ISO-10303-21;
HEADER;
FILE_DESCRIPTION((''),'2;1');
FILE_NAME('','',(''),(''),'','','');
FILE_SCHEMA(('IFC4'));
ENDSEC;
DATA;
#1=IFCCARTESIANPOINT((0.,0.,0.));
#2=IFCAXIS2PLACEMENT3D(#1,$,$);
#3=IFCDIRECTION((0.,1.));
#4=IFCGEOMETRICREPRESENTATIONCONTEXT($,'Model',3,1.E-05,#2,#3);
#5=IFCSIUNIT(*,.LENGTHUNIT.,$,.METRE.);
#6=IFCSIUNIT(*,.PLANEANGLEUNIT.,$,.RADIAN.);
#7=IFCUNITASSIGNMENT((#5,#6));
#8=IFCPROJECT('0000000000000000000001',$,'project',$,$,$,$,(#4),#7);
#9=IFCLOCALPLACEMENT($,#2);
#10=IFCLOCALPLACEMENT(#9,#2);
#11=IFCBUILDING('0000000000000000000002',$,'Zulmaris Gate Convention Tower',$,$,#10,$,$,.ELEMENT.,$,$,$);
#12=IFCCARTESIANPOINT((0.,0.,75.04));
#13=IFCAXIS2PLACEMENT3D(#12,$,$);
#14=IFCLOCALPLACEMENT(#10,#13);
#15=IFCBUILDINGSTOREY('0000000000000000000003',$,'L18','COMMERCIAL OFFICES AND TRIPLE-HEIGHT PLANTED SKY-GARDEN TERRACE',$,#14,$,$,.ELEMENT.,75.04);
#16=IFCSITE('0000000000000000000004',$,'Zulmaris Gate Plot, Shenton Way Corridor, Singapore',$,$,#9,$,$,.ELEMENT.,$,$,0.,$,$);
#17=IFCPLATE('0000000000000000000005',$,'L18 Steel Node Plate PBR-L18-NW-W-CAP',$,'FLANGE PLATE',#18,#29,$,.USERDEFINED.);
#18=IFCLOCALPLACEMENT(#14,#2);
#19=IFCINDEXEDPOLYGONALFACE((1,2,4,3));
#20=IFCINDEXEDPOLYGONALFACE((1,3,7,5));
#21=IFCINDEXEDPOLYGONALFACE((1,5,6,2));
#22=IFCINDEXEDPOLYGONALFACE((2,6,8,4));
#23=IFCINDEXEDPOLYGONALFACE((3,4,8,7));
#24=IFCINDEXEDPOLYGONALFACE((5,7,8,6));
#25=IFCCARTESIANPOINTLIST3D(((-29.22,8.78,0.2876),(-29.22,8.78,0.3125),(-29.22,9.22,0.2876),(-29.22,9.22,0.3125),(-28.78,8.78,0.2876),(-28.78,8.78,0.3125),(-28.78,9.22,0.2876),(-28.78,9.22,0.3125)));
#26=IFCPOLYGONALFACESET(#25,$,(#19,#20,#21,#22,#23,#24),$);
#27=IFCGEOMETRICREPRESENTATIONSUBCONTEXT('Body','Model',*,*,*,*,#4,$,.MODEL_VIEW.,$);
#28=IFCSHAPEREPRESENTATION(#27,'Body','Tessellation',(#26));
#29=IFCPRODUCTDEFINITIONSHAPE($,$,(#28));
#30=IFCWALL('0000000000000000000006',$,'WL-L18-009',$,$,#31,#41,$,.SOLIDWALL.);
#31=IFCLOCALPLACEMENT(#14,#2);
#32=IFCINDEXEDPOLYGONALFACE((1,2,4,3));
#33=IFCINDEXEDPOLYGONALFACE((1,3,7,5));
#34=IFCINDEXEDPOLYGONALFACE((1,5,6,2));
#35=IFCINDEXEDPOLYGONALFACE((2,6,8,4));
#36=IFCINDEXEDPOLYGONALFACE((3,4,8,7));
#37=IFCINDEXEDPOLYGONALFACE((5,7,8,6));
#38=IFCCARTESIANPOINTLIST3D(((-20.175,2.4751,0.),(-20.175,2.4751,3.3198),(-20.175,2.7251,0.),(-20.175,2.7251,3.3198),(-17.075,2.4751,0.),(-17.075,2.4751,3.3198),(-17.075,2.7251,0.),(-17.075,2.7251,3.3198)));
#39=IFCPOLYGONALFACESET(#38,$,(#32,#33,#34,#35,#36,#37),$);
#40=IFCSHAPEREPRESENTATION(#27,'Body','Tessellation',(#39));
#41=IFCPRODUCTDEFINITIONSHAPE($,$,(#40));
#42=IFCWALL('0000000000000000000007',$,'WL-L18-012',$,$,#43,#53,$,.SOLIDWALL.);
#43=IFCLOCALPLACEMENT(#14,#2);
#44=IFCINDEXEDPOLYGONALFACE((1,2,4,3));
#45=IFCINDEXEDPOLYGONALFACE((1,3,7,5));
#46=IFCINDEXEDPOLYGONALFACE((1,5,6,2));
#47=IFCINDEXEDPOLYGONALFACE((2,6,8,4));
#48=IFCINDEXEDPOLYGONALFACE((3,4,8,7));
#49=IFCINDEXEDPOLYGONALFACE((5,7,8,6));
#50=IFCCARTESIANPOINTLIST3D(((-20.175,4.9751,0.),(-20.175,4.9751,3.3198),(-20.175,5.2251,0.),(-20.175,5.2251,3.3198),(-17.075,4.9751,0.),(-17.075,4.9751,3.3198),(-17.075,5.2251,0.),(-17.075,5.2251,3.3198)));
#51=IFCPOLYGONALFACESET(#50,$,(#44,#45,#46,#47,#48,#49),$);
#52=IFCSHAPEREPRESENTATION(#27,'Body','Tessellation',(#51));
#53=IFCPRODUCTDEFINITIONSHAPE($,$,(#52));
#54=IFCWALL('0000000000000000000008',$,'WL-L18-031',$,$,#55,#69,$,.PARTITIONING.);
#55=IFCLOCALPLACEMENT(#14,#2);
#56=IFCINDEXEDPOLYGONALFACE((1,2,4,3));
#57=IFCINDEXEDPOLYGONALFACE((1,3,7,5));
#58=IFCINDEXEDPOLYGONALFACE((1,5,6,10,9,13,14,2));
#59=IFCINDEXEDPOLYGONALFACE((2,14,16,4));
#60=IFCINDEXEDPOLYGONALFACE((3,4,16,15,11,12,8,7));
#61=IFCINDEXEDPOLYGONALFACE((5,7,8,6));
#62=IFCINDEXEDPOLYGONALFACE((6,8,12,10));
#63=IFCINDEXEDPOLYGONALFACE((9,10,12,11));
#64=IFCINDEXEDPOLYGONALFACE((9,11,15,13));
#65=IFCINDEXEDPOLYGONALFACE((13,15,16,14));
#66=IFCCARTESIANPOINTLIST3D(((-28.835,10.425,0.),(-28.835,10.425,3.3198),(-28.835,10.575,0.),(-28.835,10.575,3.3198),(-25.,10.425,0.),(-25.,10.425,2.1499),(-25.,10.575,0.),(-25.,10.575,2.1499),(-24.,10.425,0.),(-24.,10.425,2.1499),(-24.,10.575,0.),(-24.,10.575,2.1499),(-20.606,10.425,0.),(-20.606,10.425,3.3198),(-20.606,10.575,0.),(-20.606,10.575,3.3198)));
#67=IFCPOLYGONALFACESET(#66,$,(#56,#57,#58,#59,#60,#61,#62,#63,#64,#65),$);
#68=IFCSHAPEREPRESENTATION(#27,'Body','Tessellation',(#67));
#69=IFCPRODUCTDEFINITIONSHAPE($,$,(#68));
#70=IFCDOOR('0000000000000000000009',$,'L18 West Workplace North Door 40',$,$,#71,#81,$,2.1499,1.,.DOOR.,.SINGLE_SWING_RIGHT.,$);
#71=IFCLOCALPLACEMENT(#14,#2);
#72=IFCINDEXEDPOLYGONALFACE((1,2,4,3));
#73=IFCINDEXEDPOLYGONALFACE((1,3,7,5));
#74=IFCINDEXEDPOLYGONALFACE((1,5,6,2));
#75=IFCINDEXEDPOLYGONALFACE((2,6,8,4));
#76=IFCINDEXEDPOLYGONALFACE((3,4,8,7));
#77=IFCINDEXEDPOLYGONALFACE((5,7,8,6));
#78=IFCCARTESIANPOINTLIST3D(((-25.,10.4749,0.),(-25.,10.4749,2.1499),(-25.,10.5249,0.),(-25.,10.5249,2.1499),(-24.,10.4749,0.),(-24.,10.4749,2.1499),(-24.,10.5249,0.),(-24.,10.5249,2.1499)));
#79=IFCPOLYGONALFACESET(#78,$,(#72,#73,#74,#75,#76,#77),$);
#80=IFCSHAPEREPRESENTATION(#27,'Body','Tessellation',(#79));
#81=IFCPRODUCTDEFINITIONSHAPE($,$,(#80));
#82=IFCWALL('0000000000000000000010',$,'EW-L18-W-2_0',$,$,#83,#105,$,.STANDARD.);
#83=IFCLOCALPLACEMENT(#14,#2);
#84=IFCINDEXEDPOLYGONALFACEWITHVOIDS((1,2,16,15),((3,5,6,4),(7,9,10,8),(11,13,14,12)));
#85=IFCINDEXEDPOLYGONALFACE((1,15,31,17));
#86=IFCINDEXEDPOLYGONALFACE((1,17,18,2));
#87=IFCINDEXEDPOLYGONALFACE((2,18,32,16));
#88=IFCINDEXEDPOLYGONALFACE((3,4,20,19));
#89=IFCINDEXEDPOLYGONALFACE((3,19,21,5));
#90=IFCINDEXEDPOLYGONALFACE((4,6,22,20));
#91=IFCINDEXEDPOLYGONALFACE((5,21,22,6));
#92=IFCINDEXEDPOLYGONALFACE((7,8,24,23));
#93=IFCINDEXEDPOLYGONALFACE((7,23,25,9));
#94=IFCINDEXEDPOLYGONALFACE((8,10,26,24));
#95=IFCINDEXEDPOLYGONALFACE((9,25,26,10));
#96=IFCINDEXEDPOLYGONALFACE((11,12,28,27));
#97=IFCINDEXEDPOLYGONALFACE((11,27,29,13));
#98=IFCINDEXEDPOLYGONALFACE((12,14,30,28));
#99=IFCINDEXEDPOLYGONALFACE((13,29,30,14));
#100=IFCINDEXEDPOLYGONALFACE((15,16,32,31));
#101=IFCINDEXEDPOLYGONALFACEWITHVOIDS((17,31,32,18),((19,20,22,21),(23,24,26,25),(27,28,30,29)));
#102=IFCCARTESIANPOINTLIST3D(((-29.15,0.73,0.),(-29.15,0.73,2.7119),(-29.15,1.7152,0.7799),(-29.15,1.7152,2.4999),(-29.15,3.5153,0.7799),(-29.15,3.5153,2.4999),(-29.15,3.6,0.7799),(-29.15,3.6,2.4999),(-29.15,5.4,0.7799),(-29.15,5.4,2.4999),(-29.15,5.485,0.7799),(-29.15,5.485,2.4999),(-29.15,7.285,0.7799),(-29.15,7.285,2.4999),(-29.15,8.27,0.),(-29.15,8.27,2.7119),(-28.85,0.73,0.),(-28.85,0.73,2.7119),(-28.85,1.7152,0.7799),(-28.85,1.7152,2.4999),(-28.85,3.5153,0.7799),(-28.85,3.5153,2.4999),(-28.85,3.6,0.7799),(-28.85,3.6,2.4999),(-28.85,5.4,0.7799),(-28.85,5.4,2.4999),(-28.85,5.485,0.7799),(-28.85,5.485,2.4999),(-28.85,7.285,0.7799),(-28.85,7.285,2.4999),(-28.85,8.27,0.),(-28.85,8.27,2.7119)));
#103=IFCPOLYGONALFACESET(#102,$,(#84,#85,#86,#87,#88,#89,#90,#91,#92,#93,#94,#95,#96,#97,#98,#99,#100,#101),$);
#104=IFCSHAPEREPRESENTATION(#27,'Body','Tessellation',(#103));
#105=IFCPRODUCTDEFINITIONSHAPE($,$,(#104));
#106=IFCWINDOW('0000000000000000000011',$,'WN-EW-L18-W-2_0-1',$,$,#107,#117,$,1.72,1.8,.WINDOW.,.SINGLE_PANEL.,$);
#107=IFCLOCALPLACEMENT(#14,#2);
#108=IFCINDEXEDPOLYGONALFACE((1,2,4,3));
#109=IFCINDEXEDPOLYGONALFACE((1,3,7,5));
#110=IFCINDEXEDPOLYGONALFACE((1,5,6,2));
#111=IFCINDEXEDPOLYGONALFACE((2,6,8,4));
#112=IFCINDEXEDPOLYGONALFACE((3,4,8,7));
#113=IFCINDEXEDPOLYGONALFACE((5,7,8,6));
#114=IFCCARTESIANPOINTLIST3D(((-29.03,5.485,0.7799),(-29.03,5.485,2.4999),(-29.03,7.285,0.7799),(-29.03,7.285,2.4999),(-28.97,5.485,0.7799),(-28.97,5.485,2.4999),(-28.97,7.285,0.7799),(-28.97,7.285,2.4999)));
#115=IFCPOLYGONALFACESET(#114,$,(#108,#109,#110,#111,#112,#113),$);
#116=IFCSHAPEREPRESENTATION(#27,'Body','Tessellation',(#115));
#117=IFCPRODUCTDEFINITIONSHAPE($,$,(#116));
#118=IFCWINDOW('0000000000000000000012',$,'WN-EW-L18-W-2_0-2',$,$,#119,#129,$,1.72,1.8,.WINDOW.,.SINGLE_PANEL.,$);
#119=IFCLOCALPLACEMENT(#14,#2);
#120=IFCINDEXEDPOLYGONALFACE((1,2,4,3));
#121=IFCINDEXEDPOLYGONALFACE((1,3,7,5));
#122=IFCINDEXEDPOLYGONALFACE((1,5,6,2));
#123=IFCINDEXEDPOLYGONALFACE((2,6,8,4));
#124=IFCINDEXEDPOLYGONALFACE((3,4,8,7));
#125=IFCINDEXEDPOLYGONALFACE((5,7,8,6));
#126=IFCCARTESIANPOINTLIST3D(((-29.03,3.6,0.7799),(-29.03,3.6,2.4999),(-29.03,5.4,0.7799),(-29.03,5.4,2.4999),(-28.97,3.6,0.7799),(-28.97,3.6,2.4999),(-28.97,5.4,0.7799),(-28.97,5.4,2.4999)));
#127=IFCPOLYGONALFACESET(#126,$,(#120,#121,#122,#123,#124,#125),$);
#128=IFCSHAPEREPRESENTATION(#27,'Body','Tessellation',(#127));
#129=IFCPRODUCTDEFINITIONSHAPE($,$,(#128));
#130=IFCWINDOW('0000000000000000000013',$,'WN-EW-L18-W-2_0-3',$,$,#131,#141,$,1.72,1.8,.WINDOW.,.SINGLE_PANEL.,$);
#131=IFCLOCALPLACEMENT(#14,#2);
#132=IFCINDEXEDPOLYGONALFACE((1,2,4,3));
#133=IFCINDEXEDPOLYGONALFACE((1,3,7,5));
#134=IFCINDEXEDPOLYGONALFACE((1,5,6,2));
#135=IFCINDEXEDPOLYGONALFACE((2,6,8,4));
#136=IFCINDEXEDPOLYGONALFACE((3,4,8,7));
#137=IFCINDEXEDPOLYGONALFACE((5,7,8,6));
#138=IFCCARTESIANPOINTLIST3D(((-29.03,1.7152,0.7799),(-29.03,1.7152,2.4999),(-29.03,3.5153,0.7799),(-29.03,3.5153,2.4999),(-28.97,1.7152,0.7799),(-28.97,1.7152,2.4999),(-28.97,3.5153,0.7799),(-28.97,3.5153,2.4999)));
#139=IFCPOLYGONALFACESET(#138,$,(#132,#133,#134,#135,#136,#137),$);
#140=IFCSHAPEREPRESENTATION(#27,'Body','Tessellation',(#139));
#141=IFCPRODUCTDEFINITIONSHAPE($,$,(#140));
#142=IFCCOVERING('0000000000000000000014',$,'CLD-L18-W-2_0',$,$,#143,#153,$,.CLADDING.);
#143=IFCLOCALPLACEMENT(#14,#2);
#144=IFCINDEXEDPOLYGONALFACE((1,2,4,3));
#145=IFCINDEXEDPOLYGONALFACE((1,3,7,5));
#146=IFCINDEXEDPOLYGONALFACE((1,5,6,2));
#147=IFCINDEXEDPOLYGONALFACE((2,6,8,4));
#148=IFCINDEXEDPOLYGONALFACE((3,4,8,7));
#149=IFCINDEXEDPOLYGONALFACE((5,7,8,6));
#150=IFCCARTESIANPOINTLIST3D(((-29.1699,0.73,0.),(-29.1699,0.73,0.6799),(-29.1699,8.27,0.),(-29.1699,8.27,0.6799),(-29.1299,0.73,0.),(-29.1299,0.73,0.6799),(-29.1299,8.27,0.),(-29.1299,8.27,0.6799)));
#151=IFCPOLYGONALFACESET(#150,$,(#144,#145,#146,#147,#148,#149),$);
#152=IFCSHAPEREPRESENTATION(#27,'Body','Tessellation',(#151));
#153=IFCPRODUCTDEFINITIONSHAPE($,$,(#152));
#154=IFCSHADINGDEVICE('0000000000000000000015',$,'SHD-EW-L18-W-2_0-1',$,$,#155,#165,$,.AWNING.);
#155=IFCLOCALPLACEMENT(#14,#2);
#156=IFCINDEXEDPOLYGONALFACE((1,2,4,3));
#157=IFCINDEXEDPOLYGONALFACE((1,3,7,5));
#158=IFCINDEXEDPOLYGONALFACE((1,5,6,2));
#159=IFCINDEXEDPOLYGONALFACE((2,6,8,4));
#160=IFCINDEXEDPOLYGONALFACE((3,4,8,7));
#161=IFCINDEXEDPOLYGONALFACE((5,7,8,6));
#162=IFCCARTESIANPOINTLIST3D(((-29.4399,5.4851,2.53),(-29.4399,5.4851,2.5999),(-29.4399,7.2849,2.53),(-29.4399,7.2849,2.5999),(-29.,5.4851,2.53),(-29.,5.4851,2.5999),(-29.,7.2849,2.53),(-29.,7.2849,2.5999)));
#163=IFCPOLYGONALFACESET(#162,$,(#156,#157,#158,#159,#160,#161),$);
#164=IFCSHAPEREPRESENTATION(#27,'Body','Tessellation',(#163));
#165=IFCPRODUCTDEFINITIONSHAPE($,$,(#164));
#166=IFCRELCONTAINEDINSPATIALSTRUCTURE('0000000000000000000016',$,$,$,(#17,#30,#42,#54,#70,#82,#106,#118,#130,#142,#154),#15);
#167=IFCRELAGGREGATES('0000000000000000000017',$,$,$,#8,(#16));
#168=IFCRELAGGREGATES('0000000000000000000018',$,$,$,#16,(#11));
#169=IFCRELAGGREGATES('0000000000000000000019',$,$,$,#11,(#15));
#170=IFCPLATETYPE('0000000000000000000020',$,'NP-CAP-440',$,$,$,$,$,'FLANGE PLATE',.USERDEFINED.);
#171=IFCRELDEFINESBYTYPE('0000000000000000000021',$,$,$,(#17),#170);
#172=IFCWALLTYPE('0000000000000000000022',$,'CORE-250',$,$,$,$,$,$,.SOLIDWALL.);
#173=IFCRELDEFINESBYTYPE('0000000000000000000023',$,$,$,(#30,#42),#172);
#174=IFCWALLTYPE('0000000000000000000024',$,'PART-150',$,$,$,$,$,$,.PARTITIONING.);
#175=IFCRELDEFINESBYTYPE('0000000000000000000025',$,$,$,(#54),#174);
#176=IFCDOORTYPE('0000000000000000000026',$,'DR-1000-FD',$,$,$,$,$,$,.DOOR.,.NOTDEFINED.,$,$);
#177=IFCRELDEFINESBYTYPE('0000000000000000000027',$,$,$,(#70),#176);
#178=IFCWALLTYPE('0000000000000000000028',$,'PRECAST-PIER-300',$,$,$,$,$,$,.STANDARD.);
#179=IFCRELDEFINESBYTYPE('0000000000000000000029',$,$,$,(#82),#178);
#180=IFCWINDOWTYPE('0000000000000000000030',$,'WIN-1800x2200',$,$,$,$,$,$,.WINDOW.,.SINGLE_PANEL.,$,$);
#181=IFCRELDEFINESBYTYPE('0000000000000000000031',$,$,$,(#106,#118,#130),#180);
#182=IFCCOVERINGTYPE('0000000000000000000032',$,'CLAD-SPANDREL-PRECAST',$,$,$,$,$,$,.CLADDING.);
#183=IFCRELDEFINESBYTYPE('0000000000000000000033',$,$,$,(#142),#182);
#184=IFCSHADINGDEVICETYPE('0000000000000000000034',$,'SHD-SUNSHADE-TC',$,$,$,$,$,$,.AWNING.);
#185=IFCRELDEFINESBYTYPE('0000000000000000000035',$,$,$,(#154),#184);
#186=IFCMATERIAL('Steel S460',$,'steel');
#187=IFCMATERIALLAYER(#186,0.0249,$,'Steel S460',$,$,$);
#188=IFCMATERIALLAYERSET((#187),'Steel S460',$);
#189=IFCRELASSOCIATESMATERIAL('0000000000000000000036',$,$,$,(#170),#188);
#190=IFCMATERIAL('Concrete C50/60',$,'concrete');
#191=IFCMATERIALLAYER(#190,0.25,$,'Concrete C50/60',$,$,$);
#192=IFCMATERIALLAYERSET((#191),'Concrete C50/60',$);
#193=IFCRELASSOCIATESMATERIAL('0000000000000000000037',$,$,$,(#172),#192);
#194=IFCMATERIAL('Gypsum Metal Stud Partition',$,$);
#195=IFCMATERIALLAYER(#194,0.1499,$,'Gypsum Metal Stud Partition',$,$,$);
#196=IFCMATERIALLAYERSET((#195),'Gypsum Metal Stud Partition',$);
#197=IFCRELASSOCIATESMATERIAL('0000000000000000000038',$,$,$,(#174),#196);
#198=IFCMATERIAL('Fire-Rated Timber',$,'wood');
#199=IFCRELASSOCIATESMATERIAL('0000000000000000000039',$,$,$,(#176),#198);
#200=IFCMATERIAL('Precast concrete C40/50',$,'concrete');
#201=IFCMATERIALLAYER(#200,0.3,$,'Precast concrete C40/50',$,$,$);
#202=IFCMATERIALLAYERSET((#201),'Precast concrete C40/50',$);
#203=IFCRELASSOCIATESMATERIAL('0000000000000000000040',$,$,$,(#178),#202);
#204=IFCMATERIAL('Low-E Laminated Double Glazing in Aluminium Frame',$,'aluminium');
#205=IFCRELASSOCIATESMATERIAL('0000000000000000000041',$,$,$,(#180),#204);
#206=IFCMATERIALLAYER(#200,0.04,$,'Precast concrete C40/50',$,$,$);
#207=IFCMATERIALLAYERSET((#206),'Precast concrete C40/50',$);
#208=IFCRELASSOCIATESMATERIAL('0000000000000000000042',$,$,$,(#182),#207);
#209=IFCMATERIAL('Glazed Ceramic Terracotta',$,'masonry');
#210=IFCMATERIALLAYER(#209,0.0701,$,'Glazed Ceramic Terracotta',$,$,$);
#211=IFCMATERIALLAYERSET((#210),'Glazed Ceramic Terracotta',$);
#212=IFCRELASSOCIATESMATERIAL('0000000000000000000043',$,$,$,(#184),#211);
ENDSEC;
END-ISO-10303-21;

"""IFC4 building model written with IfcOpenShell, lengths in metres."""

from ifc_helpers import new_model, si_unit, direction, frame, frame_2d, origin, origin_2d, place, context, subcontext, project, spatial, rectangle, extrude, material, layer, layer_set, type_object, element, fill, save


model = new_model("IFC4")

# Units and contexts
model_context = context("Model", 3, precision=1e-05, world=origin(), true_north=direction((0.0, 1.0)))
body_context = subcontext(model_context, "Body", "Model", "MODEL_VIEW")
ifc_project = project(units=[si_unit("LENGTHUNIT", "METRE"), si_unit("PLANEANGLEUNIT", "RADIAN")], contexts=[model_context])

# Site, building, storey
site_placement = place(None, origin())
site = spatial("IfcSite", under=ifc_project, at=site_placement, Name="Zulmaris Gate Plot, Shenton Way Corridor, Singapore", CompositionType="ELEMENT", RefElevation=0.0)
building_placement = place(site_placement, origin())
building = spatial("IfcBuilding", under=site, at=building_placement, Name="Zulmaris Gate Convention Tower", CompositionType="ELEMENT")
storey_placement = place(building_placement, frame((0.0, 0.0, 75.04)))
storey = spatial("IfcBuildingStorey", under=building, at=storey_placement, Name="L18", Description="COMMERCIAL OFFICES AND TRIPLE-HEIGHT PLANTED SKY-GARDEN TERRACE", CompositionType="ELEMENT", Elevation=75.04)

# Shared definitions
ifc_material_1 = material(Name="Steel S460", Category="steel")

# Plate
ifc_layer_1 = layer(ifc_material_1, 0.0249, Name="Steel S460")
ifc_layer_set_1 = layer_set([ifc_layer_1], Name="Steel S460")
plate_type = type_object("IfcPlateType", Name="NP-CAP-440", ElementType="FLANGE PLATE", PredefinedType="USERDEFINED", material=ifc_layer_set_1)
plate_placement = place(storey_placement, frame((-29.0, 9.0, 0.2876), z_axis=(0.0, 0.0, 1.0), x_axis=(1.0, 0.0, 0.0)))
element("IfcPlate", 1, at=plate_placement, inside=storey, type_object=plate_type, Name="L18 Steel Node Plate PBR-L18-NW-W-CAP", ObjectType="FLANGE PLATE", PredefinedType="USERDEFINED", context=body_context, shape_type="SweptSolid", body=[
    extrude(rectangle(XDim=0.4399, YDim=0.4399, at=origin_2d()), origin(), (0.0, 0.0, 1.0), 0.0249),
])

# Walls
ifc_material_2 = material(Name="Concrete C50/60", Category="concrete")
ifc_layer_2 = layer(ifc_material_2, 0.25, Name="Concrete C50/60")
ifc_layer_set_2 = layer_set([ifc_layer_2], Name="Concrete C50/60")
wall_type_1 = type_object("IfcWallType", Name="CORE-250", PredefinedType="SOLIDWALL", material=ifc_layer_set_2)
for number, where, z_axis, x_axis, name in (
    (2, (-20.175, 2.6001, 0.0), (0.0, 0.0, 1.0), (1.0, 0.0, 0.0), "WL-L18-009"),
    (3, (-20.175, 5.1001, 0.0), (0.0, 0.0, 1.0), (1.0, 0.0, 0.0), "WL-L18-012"),
):
    element("IfcWall", number, at=place(storey_placement, frame(where, z_axis=z_axis, x_axis=x_axis)), inside=storey, type_object=wall_type_1, Name=name, PredefinedType="SOLIDWALL", context=body_context, shape_type="SweptSolid", body=[
        extrude(rectangle(XDim=3.1001, YDim=0.25, at=frame_2d((1.55, 0.0))), origin(), (0.0, 0.0, 1.0), 3.3198),
    ])

# Wall, opening, door
ifc_material_3 = material(Name="Gypsum Metal Stud Partition")
ifc_layer_3 = layer(ifc_material_3, 0.1499, Name="Gypsum Metal Stud Partition")
ifc_layer_set_3 = layer_set([ifc_layer_3], Name="Gypsum Metal Stud Partition")
wall_type_2 = type_object("IfcWallType", Name="PART-150", PredefinedType="PARTITIONING", material=ifc_layer_set_3)
wall_1_placement = place(storey_placement, frame((-28.835, 10.5, 0.0), z_axis=(0.0, 0.0, 1.0), x_axis=(1.0, 0.0, 0.0)))
wall_1 = element("IfcWall", 4, at=wall_1_placement, inside=storey, type_object=wall_type_2, Name="WL-L18-031", PredefinedType="PARTITIONING", context=body_context, shape_type="SweptSolid", body=[
    extrude(rectangle(XDim=8.229, YDim=0.1499, at=frame_2d((4.1145, 0.0))), origin(), (0.0, 0.0, 1.0), 3.3198),
])
opening_1_placement = place(wall_1_placement, frame((3.835, 0.0, 0.0)))
opening_1 = element("IfcOpeningElement", 5, at=opening_1_placement, cuts=wall_1, PredefinedType="OPENING", context=body_context, shape_type="SweptSolid", body=[
    extrude(rectangle(XDim=1.0, YDim=2.1499, at=frame_2d((0.5, 1.075))), frame((0.0, 0.085, 0.0), z_axis=(0.0, -1.0, 0.0), x_axis=(1.0, 0.0, 0.0)), (0.0, 0.0, 1.0), 0.1699),
])
ifc_material_4 = material(Name="Fire-Rated Timber", Category="wood")
door_type = type_object("IfcDoorType", Name="DR-1000-FD", OperationType="NOTDEFINED", PredefinedType="DOOR", material=ifc_material_4)
door_placement = place(opening_1_placement, origin())
door = element("IfcDoor", 6, at=door_placement, inside=storey, type_object=door_type, Name="L18 West Workplace North Door 40", OperationType="SINGLE_SWING_RIGHT", OverallHeight=2.1499, OverallWidth=1.0, PredefinedType="DOOR", context=body_context, shape_type="SweptSolid", body=[
    extrude(rectangle(XDim=1.0, YDim=2.1499, at=frame_2d((0.5, 1.075))), frame((0.0, 0.0249, 0.0), z_axis=(0.0, -1.0, 0.0), x_axis=(1.0, 0.0, 0.0)), (0.0, 0.0, 1.0), 0.05),
])
fill(opening_1, door)

# Wall, openings, windows
ifc_material_5 = material(Name="Precast concrete C40/50", Category="concrete")
ifc_layer_4 = layer(ifc_material_5, 0.3, Name="Precast concrete C40/50")
ifc_layer_set_4 = layer_set([ifc_layer_4], Name="Precast concrete C40/50")
wall_type_3 = type_object("IfcWallType", Name="PRECAST-PIER-300", PredefinedType="STANDARD", material=ifc_layer_set_4)
wall_2_placement = place(storey_placement, frame((-29.0, 8.27, 0.0), z_axis=(0.0, 0.0, 1.0), x_axis=(0.0, -1.0, 0.0)))
wall_2 = element("IfcWall", 7, at=wall_2_placement, inside=storey, type_object=wall_type_3, Name="EW-L18-W-2_0", PredefinedType="STANDARD", context=body_context, shape_type="SweptSolid", body=[
    extrude(rectangle(XDim=7.54, YDim=0.3, at=frame_2d((3.77, 0.0))), origin(), (0.0, 0.0, 1.0), 2.7119),
])
opening_2_placement = place(wall_2_placement, frame((0.9851, 0.0, 0.78)))
opening_2 = element("IfcOpeningElement", 8, at=opening_2_placement, cuts=wall_2, PredefinedType="OPENING", context=body_context, shape_type="SweptSolid", body=[
    extrude(rectangle(XDim=1.8, YDim=1.72, at=frame_2d((0.8999, 0.8599))), frame((0.0, 0.1602, 0.0), z_axis=(0.0, -1.0, 0.0), x_axis=(1.0, 0.0, 0.0)), (0.0, 0.0, 1.0), 0.3201),
])
opening_3_placement = place(wall_2_placement, frame((2.8701, 0.0, 0.78)))
opening_3 = element("IfcOpeningElement", 9, at=opening_3_placement, cuts=wall_2, PredefinedType="OPENING", context=body_context, shape_type="SweptSolid", body=[
    extrude(rectangle(XDim=1.8, YDim=1.72, at=frame_2d((0.8999, 0.8599))), frame((0.0, 0.1602, 0.0), z_axis=(0.0, -1.0, 0.0), x_axis=(1.0, 0.0, 0.0)), (0.0, 0.0, 1.0), 0.3201),
])
opening_4_placement = place(wall_2_placement, frame((4.7549, 0.0, 0.78)))
opening_4 = element("IfcOpeningElement", 10, at=opening_4_placement, cuts=wall_2, PredefinedType="OPENING", context=body_context, shape_type="SweptSolid", body=[
    extrude(rectangle(XDim=1.8, YDim=1.72, at=frame_2d((0.8999, 0.8599))), frame((0.0, 0.1602, 0.0), z_axis=(0.0, -1.0, 0.0), x_axis=(1.0, 0.0, 0.0)), (0.0, 0.0, 1.0), 0.3201),
])
ifc_material_6 = material(Name="Low-E Laminated Double Glazing in Aluminium Frame", Category="aluminium")
window_type = type_object("IfcWindowType", Name="WIN-1800x2200", PartitioningType="SINGLE_PANEL", PredefinedType="WINDOW", material=ifc_material_6)
window_1_placement = place(opening_2_placement, origin())
window_1 = element("IfcWindow", 11, at=window_1_placement, inside=storey, type_object=window_type, Name="WN-EW-L18-W-2_0-1", OverallHeight=1.72, OverallWidth=1.8, PartitioningType="SINGLE_PANEL", PredefinedType="WINDOW", context=body_context, shape_type="SweptSolid", body=[
    extrude(rectangle(XDim=1.8, YDim=1.72, at=frame_2d((0.8999, 0.8599))), frame((0.0, 0.03, 0.0), z_axis=(0.0, -1.0, 0.0), x_axis=(1.0, 0.0, 0.0)), (0.0, 0.0, 1.0), 0.0601),
])
fill(opening_2, window_1)
window_2_placement = place(opening_3_placement, origin())
window_2 = element("IfcWindow", 12, at=window_2_placement, inside=storey, type_object=window_type, Name="WN-EW-L18-W-2_0-2", OverallHeight=1.72, OverallWidth=1.8, PartitioningType="SINGLE_PANEL", PredefinedType="WINDOW", context=body_context, shape_type="SweptSolid", body=[
    extrude(rectangle(XDim=1.8, YDim=1.72, at=frame_2d((0.8999, 0.8599))), frame((0.0, 0.03, 0.0), z_axis=(0.0, -1.0, 0.0), x_axis=(1.0, 0.0, 0.0)), (0.0, 0.0, 1.0), 0.0601),
])
fill(opening_3, window_2)
window_3_placement = place(opening_4_placement, origin())
window_3 = element("IfcWindow", 13, at=window_3_placement, inside=storey, type_object=window_type, Name="WN-EW-L18-W-2_0-3", OverallHeight=1.72, OverallWidth=1.8, PartitioningType="SINGLE_PANEL", PredefinedType="WINDOW", context=body_context, shape_type="SweptSolid", body=[
    extrude(rectangle(XDim=1.8, YDim=1.72, at=frame_2d((0.8999, 0.8599))), frame((0.0, 0.03, 0.0), z_axis=(0.0, -1.0, 0.0), x_axis=(1.0, 0.0, 0.0)), (0.0, 0.0, 1.0), 0.0601),
])
fill(opening_4, window_3)

# Covering
ifc_layer_5 = layer(ifc_material_5, 0.04, Name="Precast concrete C40/50")
ifc_layer_set_5 = layer_set([ifc_layer_5], Name="Precast concrete C40/50")
covering_type = type_object("IfcCoveringType", Name="CLAD-SPANDREL-PRECAST", PredefinedType="CLADDING", material=ifc_layer_set_5)
covering_placement = place(storey_placement, frame((-29.1499, 8.27, 0.0), z_axis=(0.0, 0.0, 1.0), x_axis=(0.0, -1.0, 0.0)))
element("IfcCovering", 14, at=covering_placement, inside=storey, type_object=covering_type, Name="CLD-L18-W-2_0", PredefinedType="CLADDING", context=body_context, shape_type="SweptSolid", body=[
    extrude(rectangle(XDim=7.54, YDim=0.04, at=frame_2d((3.77, 0.0))), origin(), (0.0, 0.0, 1.0), 0.6799),
])

# Shading device
ifc_material_7 = material(Name="Glazed Ceramic Terracotta", Category="masonry")
ifc_layer_6 = layer(ifc_material_7, 0.0701, Name="Glazed Ceramic Terracotta")
ifc_layer_set_6 = layer_set([ifc_layer_6], Name="Glazed Ceramic Terracotta")
shading_device_type = type_object("IfcShadingDeviceType", Name="SHD-SUNSHADE-TC", PredefinedType="AWNING", material=ifc_layer_set_6)
for number, where, z_axis, x_axis, name in (
    (15, (-29.22, 7.2849, 2.53), (0.0, 0.0, 1.0), (0.0, -1.0, 0.0), "SHD-EW-L18-W-2_0-1"),
):
    element("IfcShadingDevice", number, at=place(storey_placement, frame(where, z_axis=z_axis, x_axis=x_axis)), inside=storey, type_object=shading_device_type, Name=name, PredefinedType="AWNING", context=body_context, shape_type="SweptSolid", body=[
        extrude(rectangle(XDim=1.7998, YDim=0.4399, at=frame_2d((0.8999, 0.0))), origin(), (0.0, 0.0, 1.0), 0.0698),
    ])

save(model, "model.ifc")
